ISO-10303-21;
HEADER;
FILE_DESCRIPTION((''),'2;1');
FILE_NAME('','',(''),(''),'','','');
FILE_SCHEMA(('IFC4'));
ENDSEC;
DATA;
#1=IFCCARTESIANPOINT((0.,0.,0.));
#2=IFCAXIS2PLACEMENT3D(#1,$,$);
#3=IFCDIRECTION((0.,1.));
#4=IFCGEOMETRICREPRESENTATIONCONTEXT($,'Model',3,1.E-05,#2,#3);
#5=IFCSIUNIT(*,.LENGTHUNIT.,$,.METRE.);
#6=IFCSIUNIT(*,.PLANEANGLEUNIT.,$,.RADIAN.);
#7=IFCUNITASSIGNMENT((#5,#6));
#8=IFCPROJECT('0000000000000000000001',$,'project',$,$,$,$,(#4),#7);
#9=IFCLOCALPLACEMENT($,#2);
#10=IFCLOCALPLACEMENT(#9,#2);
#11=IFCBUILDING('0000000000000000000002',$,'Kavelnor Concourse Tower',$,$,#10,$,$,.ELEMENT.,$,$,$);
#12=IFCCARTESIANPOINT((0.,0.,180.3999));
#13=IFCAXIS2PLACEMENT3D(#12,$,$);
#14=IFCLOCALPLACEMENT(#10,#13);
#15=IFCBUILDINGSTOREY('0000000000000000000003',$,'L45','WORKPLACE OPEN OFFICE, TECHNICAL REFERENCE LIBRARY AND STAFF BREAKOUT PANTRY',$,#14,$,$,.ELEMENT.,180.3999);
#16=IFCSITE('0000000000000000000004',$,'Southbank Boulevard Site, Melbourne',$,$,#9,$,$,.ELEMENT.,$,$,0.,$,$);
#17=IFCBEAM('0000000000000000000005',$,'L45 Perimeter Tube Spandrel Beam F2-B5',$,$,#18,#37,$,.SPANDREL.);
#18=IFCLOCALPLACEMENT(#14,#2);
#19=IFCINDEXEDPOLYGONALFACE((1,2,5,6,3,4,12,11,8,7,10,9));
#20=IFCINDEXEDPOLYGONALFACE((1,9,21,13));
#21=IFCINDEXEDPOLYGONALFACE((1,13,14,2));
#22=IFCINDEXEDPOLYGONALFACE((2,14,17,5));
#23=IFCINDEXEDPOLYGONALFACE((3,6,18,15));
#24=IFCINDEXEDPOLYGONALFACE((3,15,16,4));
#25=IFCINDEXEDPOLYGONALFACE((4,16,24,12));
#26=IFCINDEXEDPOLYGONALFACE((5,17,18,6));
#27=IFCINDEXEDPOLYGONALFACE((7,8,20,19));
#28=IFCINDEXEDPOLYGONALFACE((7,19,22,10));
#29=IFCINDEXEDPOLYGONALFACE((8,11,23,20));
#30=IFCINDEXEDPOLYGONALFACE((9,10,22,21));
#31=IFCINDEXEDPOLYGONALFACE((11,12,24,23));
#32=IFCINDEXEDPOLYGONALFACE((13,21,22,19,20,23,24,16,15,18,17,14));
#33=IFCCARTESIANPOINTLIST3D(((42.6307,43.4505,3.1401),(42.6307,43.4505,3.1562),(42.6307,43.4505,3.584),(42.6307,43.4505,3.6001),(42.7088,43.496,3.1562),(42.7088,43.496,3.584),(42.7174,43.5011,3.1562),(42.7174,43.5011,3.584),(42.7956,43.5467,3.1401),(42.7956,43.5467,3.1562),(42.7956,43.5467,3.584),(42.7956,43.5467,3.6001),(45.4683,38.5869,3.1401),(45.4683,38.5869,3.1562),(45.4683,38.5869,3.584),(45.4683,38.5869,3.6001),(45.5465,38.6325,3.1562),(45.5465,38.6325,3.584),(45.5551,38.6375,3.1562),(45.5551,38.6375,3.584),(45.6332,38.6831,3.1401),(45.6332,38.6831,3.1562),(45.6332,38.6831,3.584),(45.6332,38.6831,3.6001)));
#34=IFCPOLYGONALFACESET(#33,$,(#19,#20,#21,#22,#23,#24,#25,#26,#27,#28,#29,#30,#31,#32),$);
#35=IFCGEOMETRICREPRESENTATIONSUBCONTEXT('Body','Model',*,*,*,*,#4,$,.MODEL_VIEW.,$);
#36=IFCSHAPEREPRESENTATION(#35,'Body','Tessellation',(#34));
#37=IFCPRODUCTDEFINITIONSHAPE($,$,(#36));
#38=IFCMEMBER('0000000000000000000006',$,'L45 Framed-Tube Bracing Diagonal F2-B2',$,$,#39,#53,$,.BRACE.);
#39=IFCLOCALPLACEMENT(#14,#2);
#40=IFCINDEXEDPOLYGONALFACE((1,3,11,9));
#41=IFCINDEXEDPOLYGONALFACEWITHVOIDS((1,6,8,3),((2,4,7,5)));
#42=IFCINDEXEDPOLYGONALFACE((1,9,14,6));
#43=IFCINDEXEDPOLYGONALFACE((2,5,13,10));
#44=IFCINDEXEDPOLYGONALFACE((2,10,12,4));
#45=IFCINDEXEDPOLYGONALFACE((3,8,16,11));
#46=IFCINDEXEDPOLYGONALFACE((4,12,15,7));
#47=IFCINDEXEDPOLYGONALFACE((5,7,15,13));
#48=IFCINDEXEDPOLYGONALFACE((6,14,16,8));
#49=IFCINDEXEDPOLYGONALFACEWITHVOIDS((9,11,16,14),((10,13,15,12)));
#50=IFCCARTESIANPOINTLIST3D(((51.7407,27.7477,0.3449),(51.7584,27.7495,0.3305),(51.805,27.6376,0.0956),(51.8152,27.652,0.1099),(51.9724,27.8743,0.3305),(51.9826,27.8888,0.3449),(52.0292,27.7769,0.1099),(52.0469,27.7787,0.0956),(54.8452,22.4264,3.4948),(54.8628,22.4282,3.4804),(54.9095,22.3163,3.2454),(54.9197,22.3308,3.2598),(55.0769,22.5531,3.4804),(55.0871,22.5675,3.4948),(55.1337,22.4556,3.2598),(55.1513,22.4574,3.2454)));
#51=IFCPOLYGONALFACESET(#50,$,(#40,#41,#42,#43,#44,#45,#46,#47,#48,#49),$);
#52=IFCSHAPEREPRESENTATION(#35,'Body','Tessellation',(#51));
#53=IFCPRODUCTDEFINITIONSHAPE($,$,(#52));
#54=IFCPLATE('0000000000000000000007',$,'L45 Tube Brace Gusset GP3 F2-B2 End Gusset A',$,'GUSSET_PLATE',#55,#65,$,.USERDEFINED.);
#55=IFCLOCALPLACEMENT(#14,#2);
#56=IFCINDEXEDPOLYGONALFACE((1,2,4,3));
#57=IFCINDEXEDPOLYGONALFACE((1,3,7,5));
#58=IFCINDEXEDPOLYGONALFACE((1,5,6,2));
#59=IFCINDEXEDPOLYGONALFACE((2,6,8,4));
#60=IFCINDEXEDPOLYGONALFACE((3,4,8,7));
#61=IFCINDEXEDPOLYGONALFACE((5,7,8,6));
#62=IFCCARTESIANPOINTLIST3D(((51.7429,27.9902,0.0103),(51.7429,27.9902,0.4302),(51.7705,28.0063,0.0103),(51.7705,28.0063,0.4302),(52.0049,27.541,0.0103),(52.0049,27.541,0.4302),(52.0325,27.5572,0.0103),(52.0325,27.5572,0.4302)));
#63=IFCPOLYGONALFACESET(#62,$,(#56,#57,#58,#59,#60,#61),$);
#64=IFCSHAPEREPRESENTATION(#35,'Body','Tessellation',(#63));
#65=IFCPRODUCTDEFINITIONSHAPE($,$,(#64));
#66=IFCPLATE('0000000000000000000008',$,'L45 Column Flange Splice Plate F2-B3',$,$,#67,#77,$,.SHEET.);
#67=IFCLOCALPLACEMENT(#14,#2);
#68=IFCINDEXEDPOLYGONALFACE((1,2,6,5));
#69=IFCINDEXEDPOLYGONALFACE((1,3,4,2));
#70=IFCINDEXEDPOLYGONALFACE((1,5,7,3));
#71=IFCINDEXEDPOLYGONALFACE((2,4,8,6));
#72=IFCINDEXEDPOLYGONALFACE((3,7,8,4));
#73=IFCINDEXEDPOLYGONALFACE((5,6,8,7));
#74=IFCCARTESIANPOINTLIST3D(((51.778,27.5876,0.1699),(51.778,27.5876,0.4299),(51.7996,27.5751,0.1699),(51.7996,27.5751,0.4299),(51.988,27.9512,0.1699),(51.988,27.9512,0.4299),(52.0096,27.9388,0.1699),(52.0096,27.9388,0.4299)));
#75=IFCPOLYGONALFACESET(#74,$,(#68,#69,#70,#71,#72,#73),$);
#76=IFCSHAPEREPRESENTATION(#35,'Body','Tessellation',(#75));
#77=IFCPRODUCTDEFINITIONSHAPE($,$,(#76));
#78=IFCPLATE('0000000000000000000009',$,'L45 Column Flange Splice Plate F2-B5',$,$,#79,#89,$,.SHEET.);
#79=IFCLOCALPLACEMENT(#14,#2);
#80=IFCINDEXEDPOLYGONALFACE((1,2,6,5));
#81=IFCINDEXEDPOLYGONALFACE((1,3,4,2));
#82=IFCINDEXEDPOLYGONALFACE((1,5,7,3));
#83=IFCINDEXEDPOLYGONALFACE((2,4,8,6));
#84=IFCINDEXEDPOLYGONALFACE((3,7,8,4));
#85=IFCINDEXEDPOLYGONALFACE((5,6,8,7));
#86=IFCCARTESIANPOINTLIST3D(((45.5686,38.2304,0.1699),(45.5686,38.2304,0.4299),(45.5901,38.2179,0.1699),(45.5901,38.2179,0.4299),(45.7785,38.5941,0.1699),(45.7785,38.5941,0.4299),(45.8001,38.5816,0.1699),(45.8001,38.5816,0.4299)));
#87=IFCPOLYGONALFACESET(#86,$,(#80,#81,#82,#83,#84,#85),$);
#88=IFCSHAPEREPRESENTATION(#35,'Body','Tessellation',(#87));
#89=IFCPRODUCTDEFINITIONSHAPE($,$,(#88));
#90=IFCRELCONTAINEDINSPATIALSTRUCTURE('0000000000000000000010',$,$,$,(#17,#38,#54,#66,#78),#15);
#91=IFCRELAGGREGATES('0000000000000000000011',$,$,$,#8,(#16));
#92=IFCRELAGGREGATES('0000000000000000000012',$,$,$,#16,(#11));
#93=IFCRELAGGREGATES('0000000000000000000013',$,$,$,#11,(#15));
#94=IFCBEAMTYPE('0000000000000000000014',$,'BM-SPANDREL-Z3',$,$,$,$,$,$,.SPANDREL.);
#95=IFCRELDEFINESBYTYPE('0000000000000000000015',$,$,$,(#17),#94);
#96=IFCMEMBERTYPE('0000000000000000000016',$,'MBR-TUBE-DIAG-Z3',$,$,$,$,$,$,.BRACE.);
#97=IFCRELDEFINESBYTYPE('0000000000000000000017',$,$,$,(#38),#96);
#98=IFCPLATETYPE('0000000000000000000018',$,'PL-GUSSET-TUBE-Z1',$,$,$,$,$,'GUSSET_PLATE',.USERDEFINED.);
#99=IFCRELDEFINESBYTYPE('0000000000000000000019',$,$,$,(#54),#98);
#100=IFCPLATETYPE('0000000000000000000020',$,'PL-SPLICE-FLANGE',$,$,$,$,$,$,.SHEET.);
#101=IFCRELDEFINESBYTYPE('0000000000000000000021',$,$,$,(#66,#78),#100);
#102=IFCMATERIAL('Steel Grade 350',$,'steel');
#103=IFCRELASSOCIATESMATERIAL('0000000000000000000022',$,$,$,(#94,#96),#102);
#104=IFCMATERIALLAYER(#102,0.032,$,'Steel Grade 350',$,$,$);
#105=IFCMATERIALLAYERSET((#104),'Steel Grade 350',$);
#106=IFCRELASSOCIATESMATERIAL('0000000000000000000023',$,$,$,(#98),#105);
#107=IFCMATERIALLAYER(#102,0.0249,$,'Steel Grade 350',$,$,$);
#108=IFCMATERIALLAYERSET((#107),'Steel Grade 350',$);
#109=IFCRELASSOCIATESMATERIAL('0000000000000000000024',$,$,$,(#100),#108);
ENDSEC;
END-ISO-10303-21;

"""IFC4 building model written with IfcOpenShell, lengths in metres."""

from ifc_helpers import new_model, si_unit, direction, frame, origin, origin_2d, place, context, subcontext, project, spatial, rectangle, hollow_rectangle, i_section, extrude, material, layer, layer_set, material_profile, profile_set, type_object, element, save


model = new_model("IFC4")

# Units and contexts
model_context = context("Model", 3, precision=1e-05, world=origin(), true_north=direction((0.0, 1.0)))
body_context = subcontext(model_context, "Body", "Model", "MODEL_VIEW")
ifc_project = project(units=[si_unit("LENGTHUNIT", "METRE"), si_unit("PLANEANGLEUNIT", "RADIAN")], contexts=[model_context])

# Site, building, storey
site_placement = place(None, origin())
site = spatial("IfcSite", under=ifc_project, at=site_placement, Name="Southbank Boulevard Site, Melbourne", CompositionType="ELEMENT", RefElevation=0.0)
building_placement = place(site_placement, origin())
building = spatial("IfcBuilding", under=site, at=building_placement, Name="Kavelnor Concourse Tower", CompositionType="ELEMENT")
storey_placement = place(building_placement, frame((0.0, 0.0, 180.3999)))
storey = spatial("IfcBuildingStorey", under=building, at=storey_placement, Name="L45", Description="WORKPLACE OPEN OFFICE, TECHNICAL REFERENCE LIBRARY AND STAFF BREAKOUT PANTRY", CompositionType="ELEMENT", Elevation=180.3999)

# Shared definitions
ifc_material_1 = material(Name="Steel Grade 350", Category="steel")

# Beam
ifc_material_profile_1 = material_profile(ifc_material_1, i_section(OverallWidth=0.1909, OverallDepth=0.46, WebThickness=0.01, FlangeThickness=0.0161, at=origin_2d()), Name="460UB82")
ifc_profile_set_1 = profile_set([ifc_material_profile_1], Name="Steel Grade 350")
beam_type_1 = type_object("IfcBeamType", Name="BM-SPANDREL-Z3", PredefinedType="SPANDREL", material=ifc_profile_set_1)
for number, where, z_axis, x_axis, name in (
    (1, (45.5508, 38.635, 3.3701), (-0.503949, 0.863733, 0.0), (-0.863733, -0.503949, 0.0), "L45 Perimeter Tube Spandrel Beam F2-B5"),
):
    element("IfcBeam", number, at=place(storey_placement, frame(where, z_axis=z_axis, x_axis=x_axis)), inside=storey, type_object=beam_type_1, Name=name, PredefinedType="SPANDREL", context=body_context, shape_type="SweptSolid", body=[
        extrude(i_section(OverallWidth=0.1909, OverallDepth=0.46, WebThickness=0.01, FlangeThickness=0.0161, at=origin_2d()), origin(), (0.0, 0.0, 1.0), 5.6309),
    ])

# Member
ifc_material_profile_2 = material_profile(ifc_material_1, hollow_rectangle(XDim=0.28, YDim=0.28, WallThickness=0.0161, at=origin_2d()), Name="SHS 280x280x16")
ifc_profile_set_2 = profile_set([ifc_material_profile_2], Name="Steel Grade 350")
member_type = type_object("IfcMemberType", Name="MBR-TUBE-DIAG-Z3", PredefinedType="BRACE", material=ifc_profile_set_2)
member_placement = place(storey_placement, frame((51.8938, 27.7632, 0.2202), z_axis=(0.448675, -0.769057, 0.455238), x_axis=(0.86375, 0.50392, 0.0)))
element("IfcMember", 2, at=member_placement, inside=storey, type_object=member_type, Name="L45 Framed-Tube Bracing Diagonal F2-B2", PredefinedType="BRACE", context=body_context, shape_type="SweptSolid", body=[
    extrude(hollow_rectangle(XDim=0.28, YDim=0.28, WallThickness=0.0161, at=origin_2d()), origin(), (0.0, 0.0, 1.0), 6.9192),
])

# Plates
ifc_layer_1 = layer(ifc_material_1, 0.032, Name="Steel Grade 350")
ifc_layer_set_1 = layer_set([ifc_layer_1], Name="Steel Grade 350")
plate_type_1 = type_object("IfcPlateType", Name="PL-GUSSET-TUBE-Z1", ElementType="GUSSET_PLATE", PredefinedType="USERDEFINED", material=ifc_layer_set_1)
plate_placement = place(storey_placement, frame((51.8877, 27.7737, 0.0103), z_axis=(0.0, 0.0, 1.0), x_axis=(0.503925, -0.863748, 0.0)))
element("IfcPlate", 3, at=plate_placement, inside=storey, type_object=plate_type_1, Name="L45 Tube Brace Gusset GP3 F2-B2 End Gusset A", ObjectType="GUSSET_PLATE", PredefinedType="USERDEFINED", context=body_context, shape_type="SweptSolid", body=[
    extrude(rectangle(XDim=0.52, YDim=0.032, at=origin_2d()), origin(), (0.0, 0.0, 1.0), 0.4199),
])
ifc_layer_2 = layer(ifc_material_1, 0.0249, Name="Steel Grade 350")
ifc_layer_set_2 = layer_set([ifc_layer_2], Name="Steel Grade 350")
plate_type_2 = type_object("IfcPlateType", Name="PL-SPLICE-FLANGE", PredefinedType="SHEET", material=ifc_layer_set_2)
for number, where, z_axis, x_axis, name in (
    (4, (51.8938, 27.7632, 0.1699), (0.0, 0.0, 1.0), (-0.5, -0.866025, 0.0), "L45 Column Flange Splice Plate F2-B3"),
    (5, (45.6843, 38.406, 0.1699), (0.0, 0.0, 1.0), (-0.5, -0.866025, 0.0), "L45 Column Flange Splice Plate F2-B5"),
):
    element("IfcPlate", number, at=place(storey_placement, frame(where, z_axis=z_axis, x_axis=x_axis)), inside=storey, type_object=plate_type_2, Name=name, PredefinedType="SHEET", context=body_context, shape_type="SweptSolid", body=[
        extrude(rectangle(XDim=0.4199, YDim=0.0249, at=origin_2d()), origin(), (0.0, 0.0, 1.0), 0.26),
    ])

save(model, "model.ifc")
